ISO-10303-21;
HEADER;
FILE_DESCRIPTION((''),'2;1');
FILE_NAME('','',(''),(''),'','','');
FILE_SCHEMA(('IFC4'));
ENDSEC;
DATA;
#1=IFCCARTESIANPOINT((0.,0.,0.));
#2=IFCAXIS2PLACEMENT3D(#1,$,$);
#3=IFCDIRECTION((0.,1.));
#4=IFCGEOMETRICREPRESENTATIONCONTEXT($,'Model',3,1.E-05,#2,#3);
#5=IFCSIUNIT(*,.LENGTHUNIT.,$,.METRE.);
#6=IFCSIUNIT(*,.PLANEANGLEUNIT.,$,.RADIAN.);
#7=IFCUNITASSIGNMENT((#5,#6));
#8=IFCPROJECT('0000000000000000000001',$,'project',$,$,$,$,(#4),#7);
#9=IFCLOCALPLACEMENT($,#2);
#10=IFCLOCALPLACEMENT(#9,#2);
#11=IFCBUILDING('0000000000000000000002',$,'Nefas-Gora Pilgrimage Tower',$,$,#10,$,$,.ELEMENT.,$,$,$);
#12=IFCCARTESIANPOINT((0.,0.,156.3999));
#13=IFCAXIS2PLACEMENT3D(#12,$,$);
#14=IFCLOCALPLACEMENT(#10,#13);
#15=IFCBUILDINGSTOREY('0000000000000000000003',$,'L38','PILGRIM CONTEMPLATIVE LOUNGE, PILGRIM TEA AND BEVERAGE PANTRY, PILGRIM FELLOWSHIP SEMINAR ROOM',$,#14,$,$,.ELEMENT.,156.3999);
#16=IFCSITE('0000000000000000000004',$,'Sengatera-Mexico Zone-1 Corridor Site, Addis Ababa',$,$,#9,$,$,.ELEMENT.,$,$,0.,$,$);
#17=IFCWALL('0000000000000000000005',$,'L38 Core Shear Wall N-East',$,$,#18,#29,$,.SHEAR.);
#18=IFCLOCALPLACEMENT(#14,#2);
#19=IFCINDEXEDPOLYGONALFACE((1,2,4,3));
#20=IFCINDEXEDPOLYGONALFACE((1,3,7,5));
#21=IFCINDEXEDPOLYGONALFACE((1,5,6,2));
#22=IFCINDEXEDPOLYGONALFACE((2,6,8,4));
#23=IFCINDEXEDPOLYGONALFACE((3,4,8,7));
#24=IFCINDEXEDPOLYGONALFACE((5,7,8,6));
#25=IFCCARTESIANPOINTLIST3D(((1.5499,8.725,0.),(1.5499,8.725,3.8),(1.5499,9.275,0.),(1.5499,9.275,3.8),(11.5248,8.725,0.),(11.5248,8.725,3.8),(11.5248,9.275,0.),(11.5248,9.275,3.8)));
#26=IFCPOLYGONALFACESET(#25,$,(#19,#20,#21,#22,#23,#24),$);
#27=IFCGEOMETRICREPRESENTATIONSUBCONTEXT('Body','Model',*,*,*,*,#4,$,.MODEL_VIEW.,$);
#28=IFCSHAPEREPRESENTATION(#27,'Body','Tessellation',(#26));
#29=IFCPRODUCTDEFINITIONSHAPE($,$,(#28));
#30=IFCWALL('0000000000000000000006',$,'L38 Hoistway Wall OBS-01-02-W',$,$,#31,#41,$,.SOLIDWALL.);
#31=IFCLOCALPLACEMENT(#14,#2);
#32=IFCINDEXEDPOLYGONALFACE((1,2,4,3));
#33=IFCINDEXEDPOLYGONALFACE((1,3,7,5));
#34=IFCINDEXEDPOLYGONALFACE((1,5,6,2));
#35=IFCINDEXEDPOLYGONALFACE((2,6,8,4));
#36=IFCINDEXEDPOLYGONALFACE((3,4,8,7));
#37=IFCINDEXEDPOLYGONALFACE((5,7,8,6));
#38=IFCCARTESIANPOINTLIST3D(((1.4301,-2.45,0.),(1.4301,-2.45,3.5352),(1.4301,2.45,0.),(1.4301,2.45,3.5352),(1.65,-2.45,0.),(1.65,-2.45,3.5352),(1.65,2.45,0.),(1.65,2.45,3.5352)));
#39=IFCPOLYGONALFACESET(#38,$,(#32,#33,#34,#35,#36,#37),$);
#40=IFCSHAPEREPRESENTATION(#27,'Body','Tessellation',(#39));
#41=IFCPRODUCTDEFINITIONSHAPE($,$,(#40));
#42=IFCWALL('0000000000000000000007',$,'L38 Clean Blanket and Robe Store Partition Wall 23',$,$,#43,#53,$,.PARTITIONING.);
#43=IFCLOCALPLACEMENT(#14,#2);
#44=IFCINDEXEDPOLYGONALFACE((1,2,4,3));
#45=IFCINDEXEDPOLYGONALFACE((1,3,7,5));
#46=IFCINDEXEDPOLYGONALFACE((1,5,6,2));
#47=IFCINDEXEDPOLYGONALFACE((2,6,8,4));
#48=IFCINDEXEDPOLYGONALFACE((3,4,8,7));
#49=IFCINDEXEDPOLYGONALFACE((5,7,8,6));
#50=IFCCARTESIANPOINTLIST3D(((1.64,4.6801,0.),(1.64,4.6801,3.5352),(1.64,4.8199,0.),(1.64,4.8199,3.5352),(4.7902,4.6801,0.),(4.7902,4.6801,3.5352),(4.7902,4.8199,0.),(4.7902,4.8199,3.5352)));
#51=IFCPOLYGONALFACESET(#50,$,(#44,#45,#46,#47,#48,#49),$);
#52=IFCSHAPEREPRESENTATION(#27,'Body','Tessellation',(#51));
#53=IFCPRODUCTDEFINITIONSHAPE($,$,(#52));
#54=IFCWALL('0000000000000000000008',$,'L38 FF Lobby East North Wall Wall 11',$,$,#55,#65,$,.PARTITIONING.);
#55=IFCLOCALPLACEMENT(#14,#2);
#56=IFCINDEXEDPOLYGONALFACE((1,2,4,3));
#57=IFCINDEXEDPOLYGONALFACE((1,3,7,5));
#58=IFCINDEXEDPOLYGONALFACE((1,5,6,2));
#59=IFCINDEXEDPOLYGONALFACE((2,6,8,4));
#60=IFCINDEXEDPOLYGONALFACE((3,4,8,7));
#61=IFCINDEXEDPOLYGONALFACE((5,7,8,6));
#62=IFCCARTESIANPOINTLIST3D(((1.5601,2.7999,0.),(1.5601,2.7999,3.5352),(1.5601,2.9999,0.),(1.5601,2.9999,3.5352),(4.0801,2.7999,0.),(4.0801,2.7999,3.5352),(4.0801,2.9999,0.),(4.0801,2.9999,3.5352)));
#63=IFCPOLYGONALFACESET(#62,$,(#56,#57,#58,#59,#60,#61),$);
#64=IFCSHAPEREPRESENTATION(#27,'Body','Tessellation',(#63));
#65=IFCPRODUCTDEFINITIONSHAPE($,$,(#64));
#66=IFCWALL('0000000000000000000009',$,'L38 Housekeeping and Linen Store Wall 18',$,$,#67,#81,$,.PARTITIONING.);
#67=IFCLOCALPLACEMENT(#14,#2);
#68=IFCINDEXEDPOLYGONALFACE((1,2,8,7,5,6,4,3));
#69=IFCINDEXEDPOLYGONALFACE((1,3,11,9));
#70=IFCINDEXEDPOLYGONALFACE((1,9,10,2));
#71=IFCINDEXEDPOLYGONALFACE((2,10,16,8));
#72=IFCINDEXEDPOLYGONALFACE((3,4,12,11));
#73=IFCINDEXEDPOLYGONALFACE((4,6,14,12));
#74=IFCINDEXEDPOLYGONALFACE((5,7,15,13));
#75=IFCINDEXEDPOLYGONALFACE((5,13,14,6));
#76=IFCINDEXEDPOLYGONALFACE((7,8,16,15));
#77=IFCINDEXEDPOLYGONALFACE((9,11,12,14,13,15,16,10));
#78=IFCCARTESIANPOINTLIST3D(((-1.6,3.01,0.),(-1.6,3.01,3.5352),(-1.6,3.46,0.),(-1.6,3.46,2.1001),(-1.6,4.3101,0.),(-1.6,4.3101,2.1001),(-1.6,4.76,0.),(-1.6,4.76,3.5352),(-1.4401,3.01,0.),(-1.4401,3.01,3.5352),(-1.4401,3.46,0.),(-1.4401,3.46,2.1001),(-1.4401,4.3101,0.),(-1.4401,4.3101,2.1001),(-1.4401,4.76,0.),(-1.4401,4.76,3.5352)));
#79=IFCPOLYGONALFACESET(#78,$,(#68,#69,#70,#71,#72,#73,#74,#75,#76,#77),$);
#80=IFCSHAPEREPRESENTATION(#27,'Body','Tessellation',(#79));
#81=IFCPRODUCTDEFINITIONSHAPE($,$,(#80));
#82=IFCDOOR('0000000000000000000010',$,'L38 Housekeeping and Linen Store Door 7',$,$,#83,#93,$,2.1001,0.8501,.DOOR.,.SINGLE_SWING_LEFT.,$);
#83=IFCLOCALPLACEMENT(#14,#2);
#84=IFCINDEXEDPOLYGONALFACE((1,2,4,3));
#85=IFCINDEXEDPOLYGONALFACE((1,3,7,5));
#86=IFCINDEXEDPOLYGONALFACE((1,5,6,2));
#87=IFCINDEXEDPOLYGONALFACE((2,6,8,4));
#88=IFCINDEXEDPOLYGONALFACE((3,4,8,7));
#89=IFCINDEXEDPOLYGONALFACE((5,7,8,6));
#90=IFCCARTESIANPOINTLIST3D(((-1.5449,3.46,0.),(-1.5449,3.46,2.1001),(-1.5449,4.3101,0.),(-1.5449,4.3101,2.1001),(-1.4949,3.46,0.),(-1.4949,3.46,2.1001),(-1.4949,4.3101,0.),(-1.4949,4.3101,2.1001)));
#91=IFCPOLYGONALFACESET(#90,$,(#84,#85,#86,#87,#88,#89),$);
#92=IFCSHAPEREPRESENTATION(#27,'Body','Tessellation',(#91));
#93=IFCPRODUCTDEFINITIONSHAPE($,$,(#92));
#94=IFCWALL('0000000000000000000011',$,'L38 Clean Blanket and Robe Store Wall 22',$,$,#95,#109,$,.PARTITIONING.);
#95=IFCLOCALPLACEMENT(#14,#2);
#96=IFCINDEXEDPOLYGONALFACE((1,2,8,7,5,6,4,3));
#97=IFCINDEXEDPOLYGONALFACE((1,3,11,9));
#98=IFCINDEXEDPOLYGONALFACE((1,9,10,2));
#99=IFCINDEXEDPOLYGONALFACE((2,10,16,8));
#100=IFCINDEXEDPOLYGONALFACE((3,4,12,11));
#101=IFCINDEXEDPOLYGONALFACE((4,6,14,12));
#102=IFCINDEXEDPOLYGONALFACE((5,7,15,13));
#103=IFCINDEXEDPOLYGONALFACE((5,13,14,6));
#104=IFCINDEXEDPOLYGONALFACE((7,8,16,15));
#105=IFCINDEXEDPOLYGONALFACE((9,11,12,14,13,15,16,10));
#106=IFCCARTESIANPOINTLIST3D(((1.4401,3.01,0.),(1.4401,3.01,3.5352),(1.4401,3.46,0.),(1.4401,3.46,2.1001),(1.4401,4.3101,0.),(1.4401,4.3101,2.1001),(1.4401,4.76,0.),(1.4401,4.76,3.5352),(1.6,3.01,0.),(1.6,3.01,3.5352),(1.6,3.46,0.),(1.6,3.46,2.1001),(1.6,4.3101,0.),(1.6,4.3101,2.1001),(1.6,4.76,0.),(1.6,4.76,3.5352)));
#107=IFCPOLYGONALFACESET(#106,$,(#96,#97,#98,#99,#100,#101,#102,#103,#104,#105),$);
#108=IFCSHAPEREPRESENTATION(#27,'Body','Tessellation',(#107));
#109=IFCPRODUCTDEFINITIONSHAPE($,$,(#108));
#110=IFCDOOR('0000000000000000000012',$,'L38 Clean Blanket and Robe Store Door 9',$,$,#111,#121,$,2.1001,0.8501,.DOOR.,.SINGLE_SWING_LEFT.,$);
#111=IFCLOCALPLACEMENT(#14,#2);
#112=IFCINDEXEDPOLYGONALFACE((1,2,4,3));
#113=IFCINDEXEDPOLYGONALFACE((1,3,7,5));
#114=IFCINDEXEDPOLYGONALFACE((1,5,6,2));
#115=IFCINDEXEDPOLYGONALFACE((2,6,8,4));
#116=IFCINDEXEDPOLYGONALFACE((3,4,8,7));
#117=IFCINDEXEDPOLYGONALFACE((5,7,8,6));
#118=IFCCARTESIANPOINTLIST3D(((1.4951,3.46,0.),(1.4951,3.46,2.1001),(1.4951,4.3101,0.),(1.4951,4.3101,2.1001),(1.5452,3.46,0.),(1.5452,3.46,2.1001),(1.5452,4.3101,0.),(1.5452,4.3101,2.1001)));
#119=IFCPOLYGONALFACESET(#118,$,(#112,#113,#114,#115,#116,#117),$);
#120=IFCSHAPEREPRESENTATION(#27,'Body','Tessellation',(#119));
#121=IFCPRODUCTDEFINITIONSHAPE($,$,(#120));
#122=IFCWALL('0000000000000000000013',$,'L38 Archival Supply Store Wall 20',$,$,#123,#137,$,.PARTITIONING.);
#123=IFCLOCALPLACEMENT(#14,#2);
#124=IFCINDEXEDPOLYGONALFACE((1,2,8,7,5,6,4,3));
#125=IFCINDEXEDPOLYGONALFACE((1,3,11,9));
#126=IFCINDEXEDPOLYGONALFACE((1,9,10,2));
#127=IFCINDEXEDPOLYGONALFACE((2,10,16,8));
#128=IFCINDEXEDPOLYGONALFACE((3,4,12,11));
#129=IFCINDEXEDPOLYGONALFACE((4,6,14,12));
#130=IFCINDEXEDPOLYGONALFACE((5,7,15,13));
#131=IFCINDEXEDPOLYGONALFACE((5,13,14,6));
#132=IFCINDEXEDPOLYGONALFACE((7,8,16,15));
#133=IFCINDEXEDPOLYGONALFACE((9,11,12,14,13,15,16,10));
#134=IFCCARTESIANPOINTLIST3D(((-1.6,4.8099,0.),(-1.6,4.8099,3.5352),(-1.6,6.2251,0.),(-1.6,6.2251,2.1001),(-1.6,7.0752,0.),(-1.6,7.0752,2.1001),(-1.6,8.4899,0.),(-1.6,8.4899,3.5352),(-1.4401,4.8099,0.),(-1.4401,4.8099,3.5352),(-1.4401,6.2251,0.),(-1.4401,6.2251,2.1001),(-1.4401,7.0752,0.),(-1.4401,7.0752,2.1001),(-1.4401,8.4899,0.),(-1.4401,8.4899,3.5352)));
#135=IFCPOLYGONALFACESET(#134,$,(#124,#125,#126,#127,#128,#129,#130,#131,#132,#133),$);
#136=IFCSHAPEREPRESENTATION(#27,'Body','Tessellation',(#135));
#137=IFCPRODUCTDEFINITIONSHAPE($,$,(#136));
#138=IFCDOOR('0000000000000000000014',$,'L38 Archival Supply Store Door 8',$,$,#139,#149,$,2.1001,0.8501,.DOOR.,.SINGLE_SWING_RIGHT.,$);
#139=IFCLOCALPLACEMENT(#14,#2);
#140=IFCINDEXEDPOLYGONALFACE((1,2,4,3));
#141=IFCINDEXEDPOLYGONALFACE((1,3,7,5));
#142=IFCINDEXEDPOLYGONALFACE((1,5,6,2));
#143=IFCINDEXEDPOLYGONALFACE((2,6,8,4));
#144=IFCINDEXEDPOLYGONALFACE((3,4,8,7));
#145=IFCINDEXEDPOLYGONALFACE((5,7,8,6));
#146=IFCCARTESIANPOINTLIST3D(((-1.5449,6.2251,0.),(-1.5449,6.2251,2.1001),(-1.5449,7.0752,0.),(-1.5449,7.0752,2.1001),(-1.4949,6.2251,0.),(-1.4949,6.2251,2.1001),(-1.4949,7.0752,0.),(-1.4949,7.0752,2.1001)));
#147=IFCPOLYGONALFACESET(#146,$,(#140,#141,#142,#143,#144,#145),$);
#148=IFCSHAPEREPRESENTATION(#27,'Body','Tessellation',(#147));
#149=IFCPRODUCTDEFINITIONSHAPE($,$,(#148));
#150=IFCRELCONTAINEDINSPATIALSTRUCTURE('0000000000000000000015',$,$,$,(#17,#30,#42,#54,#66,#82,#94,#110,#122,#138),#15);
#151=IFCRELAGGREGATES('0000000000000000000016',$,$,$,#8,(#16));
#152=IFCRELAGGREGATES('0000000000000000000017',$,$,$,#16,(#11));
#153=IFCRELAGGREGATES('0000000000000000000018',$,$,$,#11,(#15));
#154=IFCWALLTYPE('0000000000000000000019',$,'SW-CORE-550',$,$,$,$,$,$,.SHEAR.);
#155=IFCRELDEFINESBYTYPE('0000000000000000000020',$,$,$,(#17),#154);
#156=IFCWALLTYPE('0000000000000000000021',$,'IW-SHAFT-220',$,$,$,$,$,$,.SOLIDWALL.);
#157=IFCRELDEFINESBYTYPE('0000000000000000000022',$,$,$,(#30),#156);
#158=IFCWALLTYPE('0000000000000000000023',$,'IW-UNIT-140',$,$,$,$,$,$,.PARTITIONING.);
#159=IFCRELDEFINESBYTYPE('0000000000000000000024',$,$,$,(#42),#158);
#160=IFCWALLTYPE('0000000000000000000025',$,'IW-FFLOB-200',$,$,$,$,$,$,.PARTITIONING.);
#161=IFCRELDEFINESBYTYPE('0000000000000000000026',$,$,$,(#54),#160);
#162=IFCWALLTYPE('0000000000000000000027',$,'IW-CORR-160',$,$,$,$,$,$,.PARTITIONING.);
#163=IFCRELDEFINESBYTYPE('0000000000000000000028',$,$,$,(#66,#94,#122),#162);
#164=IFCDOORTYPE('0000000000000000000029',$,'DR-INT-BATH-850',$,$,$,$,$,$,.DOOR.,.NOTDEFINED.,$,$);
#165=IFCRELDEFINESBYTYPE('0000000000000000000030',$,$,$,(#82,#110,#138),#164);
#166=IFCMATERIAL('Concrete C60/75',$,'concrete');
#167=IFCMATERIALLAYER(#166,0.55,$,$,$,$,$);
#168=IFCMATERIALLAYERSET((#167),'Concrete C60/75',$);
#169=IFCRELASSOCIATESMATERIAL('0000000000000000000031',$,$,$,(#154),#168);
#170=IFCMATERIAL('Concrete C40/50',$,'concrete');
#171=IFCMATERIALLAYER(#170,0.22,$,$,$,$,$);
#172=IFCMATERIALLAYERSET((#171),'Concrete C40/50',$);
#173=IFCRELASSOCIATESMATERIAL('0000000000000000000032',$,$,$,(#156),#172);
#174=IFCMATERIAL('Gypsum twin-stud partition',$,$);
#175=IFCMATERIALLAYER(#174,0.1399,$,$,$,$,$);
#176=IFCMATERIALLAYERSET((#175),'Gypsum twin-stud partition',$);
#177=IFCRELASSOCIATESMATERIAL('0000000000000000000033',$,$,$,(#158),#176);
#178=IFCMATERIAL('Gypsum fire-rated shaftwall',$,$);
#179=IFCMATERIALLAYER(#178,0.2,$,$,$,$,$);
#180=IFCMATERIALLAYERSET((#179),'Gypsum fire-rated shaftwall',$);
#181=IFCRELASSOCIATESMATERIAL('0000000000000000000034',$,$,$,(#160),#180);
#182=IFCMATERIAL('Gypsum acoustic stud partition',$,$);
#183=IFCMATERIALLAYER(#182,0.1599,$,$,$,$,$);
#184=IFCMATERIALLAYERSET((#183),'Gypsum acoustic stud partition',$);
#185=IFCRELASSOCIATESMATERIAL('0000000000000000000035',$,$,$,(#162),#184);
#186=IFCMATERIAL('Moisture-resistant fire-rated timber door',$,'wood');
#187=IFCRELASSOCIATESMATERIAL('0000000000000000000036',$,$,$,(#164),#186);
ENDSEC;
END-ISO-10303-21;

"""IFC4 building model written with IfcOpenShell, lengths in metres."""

from ifc_helpers import new_model, si_unit, direction, frame, frame_2d, origin, place, context, subcontext, project, spatial, rectangle, extrude, source, transform, mapped, material, layer, layer_set, type_object, element, fill, save


model = new_model("IFC4")

# Units and contexts
model_context = context("Model", 3, precision=1e-05, world=origin(), true_north=direction((0.0, 1.0)))
body_context = subcontext(model_context, "Body", "Model", "MODEL_VIEW")
ifc_project = project(units=[si_unit("LENGTHUNIT", "METRE"), si_unit("PLANEANGLEUNIT", "RADIAN")], contexts=[model_context])

# Site, building, storey
site_placement = place(None, origin())
site = spatial("IfcSite", under=ifc_project, at=site_placement, Name="Sengatera-Mexico Zone-1 Corridor Site, Addis Ababa", CompositionType="ELEMENT", RefElevation=0.0)
building_placement = place(site_placement, origin())
building = spatial("IfcBuilding", under=site, at=building_placement, Name="Nefas-Gora Pilgrimage Tower", CompositionType="ELEMENT")
storey_placement = place(building_placement, frame((0.0, 0.0, 156.3999)))
storey = spatial("IfcBuildingStorey", under=building, at=storey_placement, Name="L38", Description="PILGRIM CONTEMPLATIVE LOUNGE, PILGRIM TEA AND BEVERAGE PANTRY, PILGRIM FELLOWSHIP SEMINAR ROOM", CompositionType="ELEMENT", Elevation=156.3999)

# Shared definitions
ifc_material_1 = material(Name="Concrete C40/50", Category="concrete")

# Walls
ifc_material_2 = material(Name="Concrete C60/75", Category="concrete")
ifc_layer_1 = layer(ifc_material_2, 0.55)
ifc_layer_set_1 = layer_set([ifc_layer_1], Name="Concrete C60/75")
wall_type_1 = type_object("IfcWallType", Name="SW-CORE-550", PredefinedType="SHEAR", material=ifc_layer_set_1)
shared_shape_1 = source(origin(), body_context, "Body", "SweptSolid", [
    extrude(rectangle(XDim=9.9749, YDim=0.55, at=frame_2d((4.9873, 0.0))), origin(), (0.0, 0.0, 1.0), 3.8),
])
wall_1_placement = place(storey_placement, frame((1.55, 9.0, 0.0), z_axis=(0.0, 0.0, 1.0), x_axis=(1.0, 0.0, 0.0)))
element("IfcWall", 1, at=wall_1_placement, inside=storey, type_object=wall_type_1, Name="L38 Core Shear Wall N-East", PredefinedType="SHEAR", context=body_context, shape_type="MappedRepresentation", body=[
    mapped(shared_shape_1, transform((0.0, 0.0, 0.0), x_axis=(1.0, 0.0, 0.0), y_axis=(0.0, 1.0, 0.0), z_axis=(0.0, 0.0, 1.0), scale=1.0)),
])
ifc_layer_2 = layer(ifc_material_1, 0.22)
ifc_layer_set_2 = layer_set([ifc_layer_2], Name="Concrete C40/50")
wall_type_2 = type_object("IfcWallType", Name="IW-SHAFT-220", PredefinedType="SOLIDWALL", material=ifc_layer_set_2)
shared_shape_2 = source(origin(), body_context, "Body", "SweptSolid", [
    extrude(rectangle(XDim=4.8999, YDim=0.22, at=frame_2d((2.45, 0.0))), origin(), (0.0, 0.0, 1.0), 3.5352),
])
wall_2_placement = place(storey_placement, frame((1.54, 2.45, 0.0), z_axis=(0.0, 0.0, 1.0), x_axis=(0.0, -1.0, 0.0)))
element("IfcWall", 2, at=wall_2_placement, inside=storey, type_object=wall_type_2, Name="L38 Hoistway Wall OBS-01-02-W", PredefinedType="SOLIDWALL", context=body_context, shape_type="MappedRepresentation", body=[
    mapped(shared_shape_2, transform((0.0, 0.0, 0.0), x_axis=(1.0, 0.0, 0.0), y_axis=(0.0, 1.0, 0.0), z_axis=(0.0, 0.0, 1.0), scale=1.0)),
])
ifc_material_3 = material(Name="Gypsum twin-stud partition")
ifc_layer_3 = layer(ifc_material_3, 0.1399)
ifc_layer_set_3 = layer_set([ifc_layer_3], Name="Gypsum twin-stud partition")
wall_type_3 = type_object("IfcWallType", Name="IW-UNIT-140", PredefinedType="PARTITIONING", material=ifc_layer_set_3)
shared_shape_3 = source(origin(), body_context, "Body", "SweptSolid", [
    extrude(rectangle(XDim=3.1501, YDim=0.1399, at=frame_2d((1.5752, 0.0))), origin(), (0.0, 0.0, 1.0), 3.5352),
])
wall_3_placement = place(storey_placement, frame((1.6399, 4.75, 0.0), z_axis=(0.0, 0.0, 1.0), x_axis=(1.0, 0.0, 0.0)))
element("IfcWall", 3, at=wall_3_placement, inside=storey, type_object=wall_type_3, Name="L38 Clean Blanket and Robe Store Partition Wall 23", PredefinedType="PARTITIONING", context=body_context, shape_type="MappedRepresentation", body=[
    mapped(shared_shape_3, transform((0.0, 0.0, 0.0), x_axis=(1.0, 0.0, 0.0), y_axis=(0.0, 1.0, 0.0), z_axis=(0.0, 0.0, 1.0), scale=1.0)),
])
ifc_material_4 = material(Name="Gypsum fire-rated shaftwall")
ifc_layer_4 = layer(ifc_material_4, 0.2)
ifc_layer_set_4 = layer_set([ifc_layer_4], Name="Gypsum fire-rated shaftwall")
wall_type_4 = type_object("IfcWallType", Name="IW-FFLOB-200", PredefinedType="PARTITIONING", material=ifc_layer_set_4)
shared_shape_4 = source(origin(), body_context, "Body", "SweptSolid", [
    extrude(rectangle(XDim=2.52, YDim=0.2, at=frame_2d((1.26, 0.0))), origin(), (0.0, 0.0, 1.0), 3.5352),
])
wall_4_placement = place(storey_placement, frame((1.5601, 2.8999, 0.0), z_axis=(0.0, 0.0, 1.0), x_axis=(1.0, 0.0, 0.0)))
element("IfcWall", 4, at=wall_4_placement, inside=storey, type_object=wall_type_4, Name="L38 FF Lobby East North Wall Wall 11", PredefinedType="PARTITIONING", context=body_context, shape_type="MappedRepresentation", body=[
    mapped(shared_shape_4, transform((0.0, 0.0, 0.0), x_axis=(1.0, 0.0, 0.0), y_axis=(0.0, 1.0, 0.0), z_axis=(0.0, 0.0, 1.0), scale=1.0)),
])

# Walls, openings, doors
ifc_material_5 = material(Name="Gypsum acoustic stud partition")
ifc_layer_5 = layer(ifc_material_5, 0.1599)
ifc_layer_set_5 = layer_set([ifc_layer_5], Name="Gypsum acoustic stud partition")
wall_type_5 = type_object("IfcWallType", Name="IW-CORR-160", PredefinedType="PARTITIONING", material=ifc_layer_set_5)
shared_shape_5 = source(origin(), body_context, "Body", "SweptSolid", [
    extrude(rectangle(XDim=1.75, YDim=0.1599, at=frame_2d((0.875, 0.0))), origin(), (0.0, 0.0, 1.0), 3.5352),
])
wall_5_placement = place(storey_placement, frame((-1.52, 3.01, 0.0), z_axis=(0.0, 0.0, 1.0), x_axis=(0.0, 1.0, 0.0)))
wall_5 = element("IfcWall", 5, at=wall_5_placement, inside=storey, type_object=wall_type_5, Name="L38 Housekeeping and Linen Store Wall 18", PredefinedType="PARTITIONING", context=body_context, shape_type="MappedRepresentation", body=[
    mapped(shared_shape_5, transform((0.0, 0.0, 0.0), x_axis=(1.0, 0.0, 0.0), y_axis=(0.0, 1.0, 0.0), z_axis=(0.0, 0.0, 1.0), scale=1.0)),
])
opening_1_placement = place(wall_5_placement, frame((0.45, 0.0, 0.0)))
opening_1 = element("IfcOpeningElement", 6, at=opening_1_placement, cuts=wall_5, PredefinedType="OPENING", context=body_context, shape_type="SweptSolid", body=[
    extrude(rectangle(XDim=0.8501, YDim=2.1001, at=frame_2d((0.425, 1.05))), frame((0.0, 0.0898, 0.0), z_axis=(0.0, -1.0, 0.0), x_axis=(1.0, 0.0, 0.0)), (0.0, 0.0, 1.0), 0.1799),
])
ifc_material_6 = material(Name="Moisture-resistant fire-rated timber door", Category="wood")
door_type = type_object("IfcDoorType", Name="DR-INT-BATH-850", OperationType="NOTDEFINED", PredefinedType="DOOR", material=ifc_material_6)
shared_shape_6 = source(origin(), body_context, "Body", "SweptSolid", [
    extrude(rectangle(XDim=0.8501, YDim=2.1001, at=frame_2d((0.425, 1.05))), frame((0.0, 0.0249, 0.0), z_axis=(0.0, -1.0, 0.0), x_axis=(1.0, 0.0, 0.0)), (0.0, 0.0, 1.0), 0.05),
])
door_1_placement = place(opening_1_placement, origin())
door_1 = element("IfcDoor", 7, at=door_1_placement, inside=storey, type_object=door_type, Name="L38 Housekeeping and Linen Store Door 7", OperationType="SINGLE_SWING_LEFT", OverallHeight=2.1001, OverallWidth=0.8501, PredefinedType="DOOR", context=body_context, shape_type="MappedRepresentation", body=[
    mapped(shared_shape_6, transform((0.0, 0.0, 0.0), x_axis=(1.0, 0.0, 0.0), y_axis=(0.0, 1.0, 0.0), z_axis=(0.0, 0.0, 1.0), scale=1.0)),
])
fill(opening_1, door_1)
wall_6_placement = place(storey_placement, frame((1.52, 3.01, 0.0), z_axis=(0.0, 0.0, 1.0), x_axis=(0.0, 1.0, 0.0)))
wall_6 = element("IfcWall", 8, at=wall_6_placement, inside=storey, type_object=wall_type_5, Name="L38 Clean Blanket and Robe Store Wall 22", PredefinedType="PARTITIONING", context=body_context, shape_type="MappedRepresentation", body=[
    mapped(shared_shape_5, transform((0.0, 0.0, 0.0), x_axis=(1.0, 0.0, 0.0), y_axis=(0.0, 1.0, 0.0), z_axis=(0.0, 0.0, 1.0), scale=1.0)),
])
opening_2_placement = place(wall_6_placement, frame((0.45, 0.0, 0.0)))
opening_2 = element("IfcOpeningElement", 9, at=opening_2_placement, cuts=wall_6, PredefinedType="OPENING", context=body_context, shape_type="SweptSolid", body=[
    extrude(rectangle(XDim=0.8501, YDim=2.1001, at=frame_2d((0.425, 1.05))), frame((0.0, 0.0898, 0.0), z_axis=(0.0, -1.0, 0.0), x_axis=(1.0, 0.0, 0.0)), (0.0, 0.0, 1.0), 0.1799),
])
door_2_placement = place(opening_2_placement, origin())
door_2 = element("IfcDoor", 10, at=door_2_placement, inside=storey, type_object=door_type, Name="L38 Clean Blanket and Robe Store Door 9", OperationType="SINGLE_SWING_LEFT", OverallHeight=2.1001, OverallWidth=0.8501, PredefinedType="DOOR", context=body_context, shape_type="MappedRepresentation", body=[
    mapped(shared_shape_6, transform((0.0, 0.0, 0.0), x_axis=(1.0, 0.0, 0.0), y_axis=(0.0, 1.0, 0.0), z_axis=(0.0, 0.0, 1.0), scale=1.0)),
])
fill(opening_2, door_2)
shared_shape_7 = source(origin(), body_context, "Body", "SweptSolid", [
    extrude(rectangle(XDim=3.6799, YDim=0.1599, at=frame_2d((1.8398, 0.0))), origin(), (0.0, 0.0, 1.0), 3.5352),
])
wall_7_placement = place(storey_placement, frame((-1.52, 4.8101, 0.0), z_axis=(0.0, 0.0, 1.0), x_axis=(0.0, 1.0, 0.0)))
wall_7 = element("IfcWall", 11, at=wall_7_placement, inside=storey, type_object=wall_type_5, Name="L38 Archival Supply Store Wall 20", PredefinedType="PARTITIONING", context=body_context, shape_type="MappedRepresentation", body=[
    mapped(shared_shape_7, transform((0.0, 0.0, 0.0), x_axis=(1.0, 0.0, 0.0), y_axis=(0.0, 1.0, 0.0), z_axis=(0.0, 0.0, 1.0), scale=1.0)),
])
opening_3_placement = place(wall_7_placement, frame((1.415, 0.0, 0.0)))
opening_3 = element("IfcOpeningElement", 12, at=opening_3_placement, cuts=wall_7, PredefinedType="OPENING", context=body_context, shape_type="SweptSolid", body=[
    extrude(rectangle(XDim=0.8501, YDim=2.1001, at=frame_2d((0.425, 1.05))), frame((0.0, 0.0898, 0.0), z_axis=(0.0, -1.0, 0.0), x_axis=(1.0, 0.0, 0.0)), (0.0, 0.0, 1.0), 0.1799),
])
door_3_placement = place(opening_3_placement, origin())
door_3 = element("IfcDoor", 13, at=door_3_placement, inside=storey, type_object=door_type, Name="L38 Archival Supply Store Door 8", OperationType="SINGLE_SWING_RIGHT", OverallHeight=2.1001, OverallWidth=0.8501, PredefinedType="DOOR", context=body_context, shape_type="MappedRepresentation", body=[
    mapped(shared_shape_6, transform((0.0, 0.0, 0.0), x_axis=(1.0, 0.0, 0.0), y_axis=(0.0, 1.0, 0.0), z_axis=(0.0, 0.0, 1.0), scale=1.0)),
])
fill(opening_3, door_3)

save(model, "model.ifc")
